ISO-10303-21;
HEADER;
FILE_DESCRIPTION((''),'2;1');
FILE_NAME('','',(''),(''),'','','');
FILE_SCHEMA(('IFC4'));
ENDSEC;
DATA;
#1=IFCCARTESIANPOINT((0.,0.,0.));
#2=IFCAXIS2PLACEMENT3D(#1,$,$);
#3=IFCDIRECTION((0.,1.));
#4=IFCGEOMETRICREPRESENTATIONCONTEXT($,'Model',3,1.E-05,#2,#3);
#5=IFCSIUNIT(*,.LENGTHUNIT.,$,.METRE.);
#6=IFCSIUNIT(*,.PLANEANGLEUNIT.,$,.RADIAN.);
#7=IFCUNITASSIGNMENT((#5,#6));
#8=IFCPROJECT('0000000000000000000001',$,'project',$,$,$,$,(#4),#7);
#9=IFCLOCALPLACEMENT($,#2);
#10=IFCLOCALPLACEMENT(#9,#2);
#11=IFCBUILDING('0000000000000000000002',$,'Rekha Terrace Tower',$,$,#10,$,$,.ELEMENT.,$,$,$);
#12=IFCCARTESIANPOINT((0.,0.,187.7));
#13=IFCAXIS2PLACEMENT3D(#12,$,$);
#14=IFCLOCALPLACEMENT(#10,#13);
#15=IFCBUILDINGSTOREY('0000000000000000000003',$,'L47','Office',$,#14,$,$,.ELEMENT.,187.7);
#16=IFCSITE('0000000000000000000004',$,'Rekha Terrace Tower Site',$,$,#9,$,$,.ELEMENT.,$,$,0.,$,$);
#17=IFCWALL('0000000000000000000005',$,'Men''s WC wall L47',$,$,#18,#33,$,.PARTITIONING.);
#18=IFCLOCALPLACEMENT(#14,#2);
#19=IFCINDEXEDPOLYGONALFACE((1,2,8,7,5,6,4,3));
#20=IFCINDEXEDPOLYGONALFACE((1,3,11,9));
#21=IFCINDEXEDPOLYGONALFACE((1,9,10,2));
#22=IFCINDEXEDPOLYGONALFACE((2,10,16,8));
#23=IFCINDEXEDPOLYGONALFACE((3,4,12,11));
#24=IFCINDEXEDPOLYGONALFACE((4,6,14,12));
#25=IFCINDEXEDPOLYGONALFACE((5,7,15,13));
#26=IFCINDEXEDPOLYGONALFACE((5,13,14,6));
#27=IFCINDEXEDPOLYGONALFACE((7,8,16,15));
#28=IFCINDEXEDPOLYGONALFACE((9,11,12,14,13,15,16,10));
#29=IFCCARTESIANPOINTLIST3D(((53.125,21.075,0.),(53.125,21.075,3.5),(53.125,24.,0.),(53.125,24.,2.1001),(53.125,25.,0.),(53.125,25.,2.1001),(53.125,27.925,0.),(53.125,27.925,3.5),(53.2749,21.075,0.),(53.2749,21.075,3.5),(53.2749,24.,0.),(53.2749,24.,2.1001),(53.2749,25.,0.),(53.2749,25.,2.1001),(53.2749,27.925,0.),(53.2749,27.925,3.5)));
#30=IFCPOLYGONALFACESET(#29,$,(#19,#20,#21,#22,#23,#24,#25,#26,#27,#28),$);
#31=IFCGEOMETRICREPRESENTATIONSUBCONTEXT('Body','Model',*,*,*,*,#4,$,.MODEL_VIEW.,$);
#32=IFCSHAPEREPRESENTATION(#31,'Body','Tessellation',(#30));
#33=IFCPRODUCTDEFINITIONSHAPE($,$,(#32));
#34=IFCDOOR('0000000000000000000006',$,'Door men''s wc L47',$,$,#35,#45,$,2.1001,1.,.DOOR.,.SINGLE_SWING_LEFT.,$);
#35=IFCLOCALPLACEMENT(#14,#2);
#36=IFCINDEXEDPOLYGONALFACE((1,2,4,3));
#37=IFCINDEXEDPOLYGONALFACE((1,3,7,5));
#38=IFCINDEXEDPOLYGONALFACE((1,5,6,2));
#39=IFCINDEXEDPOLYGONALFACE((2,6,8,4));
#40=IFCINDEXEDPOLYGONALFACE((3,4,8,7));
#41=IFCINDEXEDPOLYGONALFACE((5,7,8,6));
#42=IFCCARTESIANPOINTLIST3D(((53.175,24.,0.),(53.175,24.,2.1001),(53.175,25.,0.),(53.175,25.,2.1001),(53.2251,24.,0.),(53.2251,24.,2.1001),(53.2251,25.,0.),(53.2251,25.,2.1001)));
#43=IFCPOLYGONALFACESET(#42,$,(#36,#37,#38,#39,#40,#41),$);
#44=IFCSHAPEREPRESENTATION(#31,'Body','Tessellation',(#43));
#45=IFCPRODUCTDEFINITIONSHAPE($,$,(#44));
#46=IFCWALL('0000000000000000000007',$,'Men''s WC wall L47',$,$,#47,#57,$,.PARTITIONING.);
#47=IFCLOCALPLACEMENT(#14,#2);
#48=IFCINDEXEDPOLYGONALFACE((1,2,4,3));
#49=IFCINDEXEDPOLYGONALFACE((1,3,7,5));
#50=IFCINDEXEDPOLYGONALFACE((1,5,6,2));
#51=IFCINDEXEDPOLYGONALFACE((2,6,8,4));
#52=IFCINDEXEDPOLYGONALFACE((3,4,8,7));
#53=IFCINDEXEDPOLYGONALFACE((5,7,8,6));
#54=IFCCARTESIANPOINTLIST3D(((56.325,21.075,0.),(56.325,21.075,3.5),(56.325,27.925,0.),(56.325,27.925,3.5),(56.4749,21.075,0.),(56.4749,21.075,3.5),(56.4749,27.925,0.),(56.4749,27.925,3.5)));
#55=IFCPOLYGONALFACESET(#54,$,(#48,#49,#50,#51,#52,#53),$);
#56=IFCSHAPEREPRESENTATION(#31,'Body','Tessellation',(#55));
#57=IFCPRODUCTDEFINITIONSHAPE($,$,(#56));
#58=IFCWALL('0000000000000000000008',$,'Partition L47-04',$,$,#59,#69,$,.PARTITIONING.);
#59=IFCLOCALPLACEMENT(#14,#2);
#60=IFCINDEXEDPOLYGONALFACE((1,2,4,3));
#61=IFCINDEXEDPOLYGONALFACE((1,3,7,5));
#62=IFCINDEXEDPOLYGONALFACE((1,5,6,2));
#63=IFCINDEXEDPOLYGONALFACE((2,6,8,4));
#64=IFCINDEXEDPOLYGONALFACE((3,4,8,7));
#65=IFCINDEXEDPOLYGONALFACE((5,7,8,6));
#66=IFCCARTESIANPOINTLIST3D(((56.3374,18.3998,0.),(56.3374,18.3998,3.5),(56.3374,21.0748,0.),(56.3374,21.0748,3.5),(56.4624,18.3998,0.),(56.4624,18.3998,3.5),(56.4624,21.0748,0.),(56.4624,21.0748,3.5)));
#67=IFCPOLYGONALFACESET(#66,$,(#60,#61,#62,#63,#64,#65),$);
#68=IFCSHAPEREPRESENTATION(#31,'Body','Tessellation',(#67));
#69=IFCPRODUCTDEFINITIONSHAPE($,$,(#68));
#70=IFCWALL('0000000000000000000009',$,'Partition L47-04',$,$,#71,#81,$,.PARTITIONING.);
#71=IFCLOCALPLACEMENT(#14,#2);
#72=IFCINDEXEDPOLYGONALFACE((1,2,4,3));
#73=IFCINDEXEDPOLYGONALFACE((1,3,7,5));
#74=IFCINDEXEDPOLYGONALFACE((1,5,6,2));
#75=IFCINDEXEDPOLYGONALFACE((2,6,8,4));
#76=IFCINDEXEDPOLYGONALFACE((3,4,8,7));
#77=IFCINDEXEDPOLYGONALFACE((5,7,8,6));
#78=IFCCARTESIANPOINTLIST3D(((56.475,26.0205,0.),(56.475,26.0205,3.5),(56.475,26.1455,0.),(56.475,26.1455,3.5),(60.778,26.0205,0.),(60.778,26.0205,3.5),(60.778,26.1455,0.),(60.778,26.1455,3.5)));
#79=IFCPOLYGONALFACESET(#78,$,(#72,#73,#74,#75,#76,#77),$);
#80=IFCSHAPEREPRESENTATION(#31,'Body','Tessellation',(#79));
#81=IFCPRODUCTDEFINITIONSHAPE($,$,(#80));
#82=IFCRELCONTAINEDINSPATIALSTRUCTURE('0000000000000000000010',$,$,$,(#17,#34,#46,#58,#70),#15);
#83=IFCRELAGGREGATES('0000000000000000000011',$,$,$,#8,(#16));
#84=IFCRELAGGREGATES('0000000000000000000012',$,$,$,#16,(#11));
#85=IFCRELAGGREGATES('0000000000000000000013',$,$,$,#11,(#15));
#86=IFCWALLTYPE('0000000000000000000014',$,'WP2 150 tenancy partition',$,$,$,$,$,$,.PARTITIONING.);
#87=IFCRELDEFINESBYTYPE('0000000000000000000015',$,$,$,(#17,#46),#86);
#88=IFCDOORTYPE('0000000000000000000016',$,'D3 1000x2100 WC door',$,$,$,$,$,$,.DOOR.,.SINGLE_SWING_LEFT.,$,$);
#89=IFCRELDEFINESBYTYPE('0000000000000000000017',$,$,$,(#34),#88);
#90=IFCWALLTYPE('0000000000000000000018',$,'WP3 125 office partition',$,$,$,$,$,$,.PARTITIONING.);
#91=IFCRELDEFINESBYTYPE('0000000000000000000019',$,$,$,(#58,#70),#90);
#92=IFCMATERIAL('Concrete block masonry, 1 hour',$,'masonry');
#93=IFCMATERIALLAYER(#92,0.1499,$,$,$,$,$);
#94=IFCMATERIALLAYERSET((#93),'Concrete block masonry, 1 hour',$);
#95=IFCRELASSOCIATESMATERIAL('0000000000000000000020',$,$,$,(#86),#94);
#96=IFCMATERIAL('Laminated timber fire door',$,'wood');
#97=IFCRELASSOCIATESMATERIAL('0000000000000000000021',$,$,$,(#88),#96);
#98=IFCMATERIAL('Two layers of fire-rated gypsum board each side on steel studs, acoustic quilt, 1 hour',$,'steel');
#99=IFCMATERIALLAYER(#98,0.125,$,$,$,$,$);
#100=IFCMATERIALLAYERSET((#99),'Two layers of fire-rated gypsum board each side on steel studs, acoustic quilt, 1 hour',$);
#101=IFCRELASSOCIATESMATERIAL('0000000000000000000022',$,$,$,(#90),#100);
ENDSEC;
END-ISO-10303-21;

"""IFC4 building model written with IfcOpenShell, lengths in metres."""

from ifc_helpers import new_model, si_unit, direction, frame, frame_2d, origin, place, context, subcontext, project, spatial, rectangle, extrude, material, layer, layer_set, type_object, element, fill, save


model = new_model("IFC4")

# Units and contexts
model_context = context("Model", 3, precision=1e-05, world=origin(), true_north=direction((0.0, 1.0)))
body_context = subcontext(model_context, "Body", "Model", "MODEL_VIEW")
ifc_project = project(units=[si_unit("LENGTHUNIT", "METRE"), si_unit("PLANEANGLEUNIT", "RADIAN")], contexts=[model_context])

# Site, building, storey
site_placement = place(None, origin())
site = spatial("IfcSite", under=ifc_project, at=site_placement, Name="Rekha Terrace Tower Site", CompositionType="ELEMENT", RefElevation=0.0)
building_placement = place(site_placement, origin())
building = spatial("IfcBuilding", under=site, at=building_placement, Name="Rekha Terrace Tower", CompositionType="ELEMENT")
storey_placement = place(building_placement, frame((0.0, 0.0, 187.7)))
storey = spatial("IfcBuildingStorey", under=building, at=storey_placement, Name="L47", Description="Office", CompositionType="ELEMENT", Elevation=187.7)

# Shared definitions
ifc_material_1 = material(Name="Concrete block masonry, 1 hour", Category="masonry")
ifc_layer_1 = layer(ifc_material_1, 0.1499)
ifc_layer_set_1 = layer_set([ifc_layer_1], Name="Concrete block masonry, 1 hour")
wall_type_1 = type_object("IfcWallType", Name="WP2 150 tenancy partition", PredefinedType="PARTITIONING", material=ifc_layer_set_1)

# Wall, opening, door
wall_1_placement = place(storey_placement, frame((53.2, 21.075, 0.0), z_axis=(0.0, 0.0, 1.0), x_axis=(0.0, 1.0, 0.0)))
wall_1 = element("IfcWall", 1, at=wall_1_placement, inside=storey, type_object=wall_type_1, Name="Men's WC wall L47", PredefinedType="PARTITIONING", context=body_context, shape_type="SweptSolid", body=[
    extrude(rectangle(XDim=6.8501, YDim=0.1499, at=frame_2d((3.425, 0.0))), origin(), (0.0, 0.0, 1.0), 3.5),
])
opening_placement = place(wall_1_placement, frame((2.925, 0.0, 0.0)))
opening = element("IfcOpeningElement", 2, at=opening_placement, cuts=wall_1, PredefinedType="OPENING", context=body_context, shape_type="SweptSolid", body=[
    extrude(rectangle(XDim=1.0, YDim=2.1001, at=frame_2d((0.5, 1.05))), frame((0.0, 0.085, 0.0), z_axis=(0.0, -1.0, 0.0), x_axis=(1.0, 0.0, 0.0)), (0.0, 0.0, 1.0), 0.1699),
])
ifc_material_2 = material(Name="Laminated timber fire door", Category="wood")
door_type = type_object("IfcDoorType", Name="D3 1000x2100 WC door", OperationType="SINGLE_SWING_LEFT", PredefinedType="DOOR", material=ifc_material_2)
door_placement = place(opening_placement, origin())
door = element("IfcDoor", 3, at=door_placement, inside=storey, type_object=door_type, Name="Door men's wc L47", OperationType="SINGLE_SWING_LEFT", OverallHeight=2.1001, OverallWidth=1.0, PredefinedType="DOOR", context=body_context, shape_type="SweptSolid", body=[
    extrude(rectangle(XDim=1.0, YDim=2.1001, at=frame_2d((0.5, 1.05))), frame((0.0, 0.0249, 0.0), z_axis=(0.0, -1.0, 0.0), x_axis=(1.0, 0.0, 0.0)), (0.0, 0.0, 1.0), 0.05),
])
fill(opening, door)

# Walls
wall_2_placement = place(storey_placement, frame((56.3999, 21.075, 0.0), z_axis=(0.0, 0.0, 1.0), x_axis=(0.0, 1.0, 0.0)))
element("IfcWall", 4, at=wall_2_placement, inside=storey, type_object=wall_type_1, Name="Men's WC wall L47", PredefinedType="PARTITIONING", context=body_context, shape_type="SweptSolid", body=[
    extrude(rectangle(XDim=6.8501, YDim=0.1499, at=frame_2d((3.425, 0.0))), origin(), (0.0, 0.0, 1.0), 3.5),
])
ifc_material_3 = material(Name="Two layers of fire-rated gypsum board each side on steel studs, acoustic quilt, 1 hour", Category="steel")
ifc_layer_2 = layer(ifc_material_3, 0.125)
ifc_layer_set_2 = layer_set([ifc_layer_2], Name="Two layers of fire-rated gypsum board each side on steel studs, acoustic quilt, 1 hour")
wall_type_2 = type_object("IfcWallType", Name="WP3 125 office partition", PredefinedType="PARTITIONING", material=ifc_layer_set_2)
wall_3_placement = place(storey_placement, frame((56.3999, 18.3999, 0.0), z_axis=(0.0, 0.0, 1.0), x_axis=(0.0, 1.0, 0.0)))
element("IfcWall", 5, at=wall_3_placement, inside=storey, type_object=wall_type_2, Name="Partition L47-04", PredefinedType="PARTITIONING", context=body_context, shape_type="SweptSolid", body=[
    extrude(rectangle(XDim=2.675, YDim=0.125, at=frame_2d((1.3374, 0.0))), origin(), (0.0, 0.0, 1.0), 3.5),
])
wall_4_placement = place(storey_placement, frame((56.4751, 26.083, 0.0), z_axis=(0.0, 0.0, 1.0), x_axis=(1.0, 0.0, 0.0)))
element("IfcWall", 6, at=wall_4_placement, inside=storey, type_object=wall_type_2, Name="Partition L47-04", PredefinedType="PARTITIONING", context=body_context, shape_type="SweptSolid", body=[
    extrude(rectangle(XDim=4.303, YDim=0.125, at=frame_2d((2.1514, 0.0))), origin(), (0.0, 0.0, 1.0), 3.5),
])

save(model, "model.ifc")
